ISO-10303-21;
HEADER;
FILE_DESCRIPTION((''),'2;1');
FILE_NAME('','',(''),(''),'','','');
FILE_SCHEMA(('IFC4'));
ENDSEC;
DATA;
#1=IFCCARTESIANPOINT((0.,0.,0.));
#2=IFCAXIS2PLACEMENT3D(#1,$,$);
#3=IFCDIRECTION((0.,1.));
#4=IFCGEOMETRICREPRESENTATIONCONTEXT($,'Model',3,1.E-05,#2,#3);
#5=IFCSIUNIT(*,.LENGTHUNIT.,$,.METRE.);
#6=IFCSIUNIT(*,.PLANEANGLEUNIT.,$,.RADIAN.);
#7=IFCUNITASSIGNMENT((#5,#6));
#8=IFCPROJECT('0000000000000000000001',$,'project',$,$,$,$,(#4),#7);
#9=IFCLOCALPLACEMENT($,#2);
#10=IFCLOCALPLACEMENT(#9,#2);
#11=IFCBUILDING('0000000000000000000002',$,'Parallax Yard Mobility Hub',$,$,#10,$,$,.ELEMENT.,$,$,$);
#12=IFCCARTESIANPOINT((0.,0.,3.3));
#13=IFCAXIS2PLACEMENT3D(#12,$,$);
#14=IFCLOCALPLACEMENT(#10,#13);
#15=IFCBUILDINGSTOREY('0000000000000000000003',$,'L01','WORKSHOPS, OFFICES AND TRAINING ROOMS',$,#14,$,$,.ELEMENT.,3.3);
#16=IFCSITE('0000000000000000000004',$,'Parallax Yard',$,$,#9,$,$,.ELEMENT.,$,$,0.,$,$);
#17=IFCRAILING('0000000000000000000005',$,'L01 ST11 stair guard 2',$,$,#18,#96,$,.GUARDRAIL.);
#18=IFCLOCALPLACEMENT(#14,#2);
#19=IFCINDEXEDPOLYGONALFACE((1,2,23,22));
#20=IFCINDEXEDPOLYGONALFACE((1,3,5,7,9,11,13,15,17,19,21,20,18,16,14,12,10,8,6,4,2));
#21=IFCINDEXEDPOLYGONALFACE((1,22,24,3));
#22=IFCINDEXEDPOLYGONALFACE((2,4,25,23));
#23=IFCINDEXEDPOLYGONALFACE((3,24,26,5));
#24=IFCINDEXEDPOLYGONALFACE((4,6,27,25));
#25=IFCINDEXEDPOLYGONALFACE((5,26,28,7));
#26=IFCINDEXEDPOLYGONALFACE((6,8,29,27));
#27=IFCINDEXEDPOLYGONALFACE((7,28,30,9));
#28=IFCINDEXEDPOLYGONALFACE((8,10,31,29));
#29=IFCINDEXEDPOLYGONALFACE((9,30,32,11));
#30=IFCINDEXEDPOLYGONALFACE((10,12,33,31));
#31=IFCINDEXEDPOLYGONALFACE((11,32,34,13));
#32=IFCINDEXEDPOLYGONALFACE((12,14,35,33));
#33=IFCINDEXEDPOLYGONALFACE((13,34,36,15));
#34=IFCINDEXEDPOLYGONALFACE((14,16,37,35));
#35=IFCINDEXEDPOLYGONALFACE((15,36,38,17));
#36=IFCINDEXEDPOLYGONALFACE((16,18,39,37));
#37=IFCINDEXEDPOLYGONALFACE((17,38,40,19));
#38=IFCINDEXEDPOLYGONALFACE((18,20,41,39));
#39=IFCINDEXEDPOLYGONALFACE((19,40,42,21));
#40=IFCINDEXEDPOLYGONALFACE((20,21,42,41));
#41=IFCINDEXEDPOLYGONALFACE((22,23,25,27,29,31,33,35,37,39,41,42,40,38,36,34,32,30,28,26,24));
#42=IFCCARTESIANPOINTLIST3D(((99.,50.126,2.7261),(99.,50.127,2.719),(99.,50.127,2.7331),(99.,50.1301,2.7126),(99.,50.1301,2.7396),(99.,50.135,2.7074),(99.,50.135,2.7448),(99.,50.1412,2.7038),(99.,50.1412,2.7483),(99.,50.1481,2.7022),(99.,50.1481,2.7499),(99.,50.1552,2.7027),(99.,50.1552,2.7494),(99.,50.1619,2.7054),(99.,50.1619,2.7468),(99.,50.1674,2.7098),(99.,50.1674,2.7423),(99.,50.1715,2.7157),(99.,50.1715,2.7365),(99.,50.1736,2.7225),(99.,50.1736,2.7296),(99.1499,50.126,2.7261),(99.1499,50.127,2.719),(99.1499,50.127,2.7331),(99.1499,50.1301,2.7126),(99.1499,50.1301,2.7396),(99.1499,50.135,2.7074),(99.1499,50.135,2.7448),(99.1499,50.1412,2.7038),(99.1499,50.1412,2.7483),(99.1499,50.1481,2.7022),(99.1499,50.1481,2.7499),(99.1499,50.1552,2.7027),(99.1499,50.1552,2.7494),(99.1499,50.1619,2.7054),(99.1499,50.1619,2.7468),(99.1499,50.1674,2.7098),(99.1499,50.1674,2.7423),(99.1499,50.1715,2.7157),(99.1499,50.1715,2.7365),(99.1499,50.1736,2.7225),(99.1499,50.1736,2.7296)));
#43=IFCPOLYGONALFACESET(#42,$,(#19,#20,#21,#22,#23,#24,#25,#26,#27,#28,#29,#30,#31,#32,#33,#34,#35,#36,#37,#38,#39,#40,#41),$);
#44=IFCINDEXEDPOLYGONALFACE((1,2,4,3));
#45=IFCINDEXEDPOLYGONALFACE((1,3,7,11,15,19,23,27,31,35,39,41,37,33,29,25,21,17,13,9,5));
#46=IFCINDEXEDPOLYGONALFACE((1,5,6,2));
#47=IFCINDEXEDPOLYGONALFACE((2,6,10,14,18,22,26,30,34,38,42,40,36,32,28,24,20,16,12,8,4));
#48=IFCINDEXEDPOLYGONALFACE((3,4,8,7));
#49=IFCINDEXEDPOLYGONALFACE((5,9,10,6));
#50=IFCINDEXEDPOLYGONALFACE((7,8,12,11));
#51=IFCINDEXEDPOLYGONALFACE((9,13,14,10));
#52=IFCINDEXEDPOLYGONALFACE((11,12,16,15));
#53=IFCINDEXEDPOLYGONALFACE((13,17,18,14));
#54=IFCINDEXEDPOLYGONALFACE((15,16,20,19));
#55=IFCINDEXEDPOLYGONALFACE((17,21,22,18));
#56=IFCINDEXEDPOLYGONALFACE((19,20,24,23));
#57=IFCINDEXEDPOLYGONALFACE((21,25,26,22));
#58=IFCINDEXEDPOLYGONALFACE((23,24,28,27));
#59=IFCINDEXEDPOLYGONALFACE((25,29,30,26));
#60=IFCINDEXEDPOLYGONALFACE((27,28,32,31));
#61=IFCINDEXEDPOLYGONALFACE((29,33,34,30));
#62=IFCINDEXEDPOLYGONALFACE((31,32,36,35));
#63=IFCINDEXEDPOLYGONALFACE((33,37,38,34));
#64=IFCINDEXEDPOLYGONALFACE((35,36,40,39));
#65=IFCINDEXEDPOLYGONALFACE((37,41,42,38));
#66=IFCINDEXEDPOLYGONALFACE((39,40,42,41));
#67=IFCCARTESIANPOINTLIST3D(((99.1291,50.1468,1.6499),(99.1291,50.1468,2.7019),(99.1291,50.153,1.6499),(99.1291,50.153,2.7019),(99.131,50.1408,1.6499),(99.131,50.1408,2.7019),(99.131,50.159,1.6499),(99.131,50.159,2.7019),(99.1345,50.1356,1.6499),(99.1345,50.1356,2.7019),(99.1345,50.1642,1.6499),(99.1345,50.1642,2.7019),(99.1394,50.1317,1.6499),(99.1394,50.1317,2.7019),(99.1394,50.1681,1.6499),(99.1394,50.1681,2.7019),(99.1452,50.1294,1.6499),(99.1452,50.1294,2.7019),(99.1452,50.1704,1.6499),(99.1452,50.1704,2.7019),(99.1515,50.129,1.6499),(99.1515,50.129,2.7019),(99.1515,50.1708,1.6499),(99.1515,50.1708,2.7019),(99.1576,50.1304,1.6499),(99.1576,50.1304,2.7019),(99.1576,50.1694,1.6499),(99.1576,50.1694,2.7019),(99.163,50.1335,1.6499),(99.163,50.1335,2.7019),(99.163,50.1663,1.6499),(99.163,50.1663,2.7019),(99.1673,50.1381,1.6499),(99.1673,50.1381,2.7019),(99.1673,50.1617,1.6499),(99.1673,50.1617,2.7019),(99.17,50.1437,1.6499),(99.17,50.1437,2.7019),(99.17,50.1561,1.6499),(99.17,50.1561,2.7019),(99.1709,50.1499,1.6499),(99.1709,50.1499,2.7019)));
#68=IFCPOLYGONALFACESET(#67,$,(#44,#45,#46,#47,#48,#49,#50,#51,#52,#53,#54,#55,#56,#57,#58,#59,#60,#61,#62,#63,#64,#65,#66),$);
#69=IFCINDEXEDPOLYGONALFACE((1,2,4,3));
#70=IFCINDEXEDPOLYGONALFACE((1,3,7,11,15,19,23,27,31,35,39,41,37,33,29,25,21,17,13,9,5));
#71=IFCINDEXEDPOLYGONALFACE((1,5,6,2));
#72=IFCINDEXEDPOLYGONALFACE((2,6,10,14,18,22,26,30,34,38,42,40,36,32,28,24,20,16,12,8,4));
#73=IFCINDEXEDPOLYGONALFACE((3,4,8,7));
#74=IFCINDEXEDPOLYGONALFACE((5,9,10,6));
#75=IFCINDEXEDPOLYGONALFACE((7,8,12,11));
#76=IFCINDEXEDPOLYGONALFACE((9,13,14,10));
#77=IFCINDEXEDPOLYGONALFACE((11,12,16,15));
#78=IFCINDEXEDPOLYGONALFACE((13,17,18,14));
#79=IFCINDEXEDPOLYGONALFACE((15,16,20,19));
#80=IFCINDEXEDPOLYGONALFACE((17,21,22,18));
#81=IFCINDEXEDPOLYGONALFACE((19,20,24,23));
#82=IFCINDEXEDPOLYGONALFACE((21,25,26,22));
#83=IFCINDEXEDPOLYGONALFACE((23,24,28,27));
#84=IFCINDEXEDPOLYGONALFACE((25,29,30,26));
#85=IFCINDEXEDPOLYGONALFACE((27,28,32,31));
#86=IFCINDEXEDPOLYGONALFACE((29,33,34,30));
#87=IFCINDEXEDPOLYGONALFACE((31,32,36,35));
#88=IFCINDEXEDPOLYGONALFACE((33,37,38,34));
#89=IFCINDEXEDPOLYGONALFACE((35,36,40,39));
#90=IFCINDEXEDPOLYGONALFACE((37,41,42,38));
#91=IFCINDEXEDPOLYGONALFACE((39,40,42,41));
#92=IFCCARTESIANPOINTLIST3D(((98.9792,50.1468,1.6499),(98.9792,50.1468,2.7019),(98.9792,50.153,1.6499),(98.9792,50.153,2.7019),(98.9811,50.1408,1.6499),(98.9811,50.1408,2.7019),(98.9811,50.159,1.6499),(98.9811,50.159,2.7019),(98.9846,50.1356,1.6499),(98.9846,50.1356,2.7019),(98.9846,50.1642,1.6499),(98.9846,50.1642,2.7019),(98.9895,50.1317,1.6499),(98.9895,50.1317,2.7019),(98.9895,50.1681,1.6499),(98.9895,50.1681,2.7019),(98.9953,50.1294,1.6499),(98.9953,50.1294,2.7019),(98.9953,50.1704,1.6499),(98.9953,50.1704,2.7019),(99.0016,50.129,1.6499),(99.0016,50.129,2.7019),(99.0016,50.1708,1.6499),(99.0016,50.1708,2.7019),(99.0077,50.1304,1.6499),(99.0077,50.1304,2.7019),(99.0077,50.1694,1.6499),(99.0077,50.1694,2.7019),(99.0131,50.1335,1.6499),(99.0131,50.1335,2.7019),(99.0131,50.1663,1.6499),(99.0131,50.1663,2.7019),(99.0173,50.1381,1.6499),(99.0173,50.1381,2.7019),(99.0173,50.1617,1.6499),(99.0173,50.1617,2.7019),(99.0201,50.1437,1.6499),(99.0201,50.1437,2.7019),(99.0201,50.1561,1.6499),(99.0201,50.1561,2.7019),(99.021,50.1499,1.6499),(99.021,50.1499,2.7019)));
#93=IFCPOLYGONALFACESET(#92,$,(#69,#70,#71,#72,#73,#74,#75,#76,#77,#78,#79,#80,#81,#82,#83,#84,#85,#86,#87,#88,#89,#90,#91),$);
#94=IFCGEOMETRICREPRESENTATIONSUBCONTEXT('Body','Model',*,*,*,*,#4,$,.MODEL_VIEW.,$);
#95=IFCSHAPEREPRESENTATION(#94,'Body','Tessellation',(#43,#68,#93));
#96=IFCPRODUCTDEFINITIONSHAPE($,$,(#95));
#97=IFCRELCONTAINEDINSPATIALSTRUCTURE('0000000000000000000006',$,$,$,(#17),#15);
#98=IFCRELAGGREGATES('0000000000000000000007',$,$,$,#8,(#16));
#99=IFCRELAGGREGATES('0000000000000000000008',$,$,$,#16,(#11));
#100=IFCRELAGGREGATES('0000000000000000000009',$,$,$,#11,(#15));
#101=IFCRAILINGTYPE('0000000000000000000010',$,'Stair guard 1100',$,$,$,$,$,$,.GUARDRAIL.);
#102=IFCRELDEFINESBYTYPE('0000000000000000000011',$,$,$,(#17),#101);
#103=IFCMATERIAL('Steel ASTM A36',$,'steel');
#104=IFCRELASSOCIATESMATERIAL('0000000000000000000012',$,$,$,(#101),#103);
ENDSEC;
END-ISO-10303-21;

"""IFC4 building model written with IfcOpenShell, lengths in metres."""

from ifc_helpers import new_model, si_unit, direction, frame, origin, origin_2d, place, context, subcontext, project, spatial, circle, extrude, material, type_object, element, save


model = new_model("IFC4")

# Units and contexts
model_context = context("Model", 3, precision=1e-05, world=origin(), true_north=direction((0.0, 1.0)))
body_context = subcontext(model_context, "Body", "Model", "MODEL_VIEW")
ifc_project = project(units=[si_unit("LENGTHUNIT", "METRE"), si_unit("PLANEANGLEUNIT", "RADIAN")], contexts=[model_context])

# Site, building, storey
site_placement = place(None, origin())
site = spatial("IfcSite", under=ifc_project, at=site_placement, Name="Parallax Yard", CompositionType="ELEMENT", RefElevation=0.0)
building_placement = place(site_placement, origin())
building = spatial("IfcBuilding", under=site, at=building_placement, Name="Parallax Yard Mobility Hub", CompositionType="ELEMENT")
storey_placement = place(building_placement, frame((0.0, 0.0, 3.3)))
storey = spatial("IfcBuildingStorey", under=building, at=storey_placement, Name="L01", Description="WORKSHOPS, OFFICES AND TRAINING ROOMS", CompositionType="ELEMENT", Elevation=3.3)

# Railing
ifc_material_1 = material(Name="Steel ASTM A36", Category="steel")
railing_type_1 = type_object("IfcRailingType", Name="Stair guard 1100", PredefinedType="GUARDRAIL", material=ifc_material_1)
railing_1_placement = place(storey_placement, frame((99.1499, 50.1499, 1.6499)))
element("IfcRailing", 1, at=railing_1_placement, inside=storey, type_object=railing_type_1, Name="L01 ST11 stair guard 2", PredefinedType="GUARDRAIL", context=body_context, shape_type="SweptSolid", body=[
    extrude(circle(Radius=0.0239, at=origin_2d()), frame((0.0, 0.0, 1.0762), z_axis=(-1.0, 0.0, 0.0), x_axis=(0.0, -1.0, 0.0)), (0.0, 0.0, 1.0), 0.1499),
    extrude(circle(Radius=0.021, at=origin_2d()), origin(), (0.0, 0.0, 1.0), 1.052),
    extrude(circle(Radius=0.021, at=origin_2d()), frame((-0.1499, 0.0, 0.0)), (0.0, 0.0, 1.0), 1.052),
])

save(model, "model.ifc")
